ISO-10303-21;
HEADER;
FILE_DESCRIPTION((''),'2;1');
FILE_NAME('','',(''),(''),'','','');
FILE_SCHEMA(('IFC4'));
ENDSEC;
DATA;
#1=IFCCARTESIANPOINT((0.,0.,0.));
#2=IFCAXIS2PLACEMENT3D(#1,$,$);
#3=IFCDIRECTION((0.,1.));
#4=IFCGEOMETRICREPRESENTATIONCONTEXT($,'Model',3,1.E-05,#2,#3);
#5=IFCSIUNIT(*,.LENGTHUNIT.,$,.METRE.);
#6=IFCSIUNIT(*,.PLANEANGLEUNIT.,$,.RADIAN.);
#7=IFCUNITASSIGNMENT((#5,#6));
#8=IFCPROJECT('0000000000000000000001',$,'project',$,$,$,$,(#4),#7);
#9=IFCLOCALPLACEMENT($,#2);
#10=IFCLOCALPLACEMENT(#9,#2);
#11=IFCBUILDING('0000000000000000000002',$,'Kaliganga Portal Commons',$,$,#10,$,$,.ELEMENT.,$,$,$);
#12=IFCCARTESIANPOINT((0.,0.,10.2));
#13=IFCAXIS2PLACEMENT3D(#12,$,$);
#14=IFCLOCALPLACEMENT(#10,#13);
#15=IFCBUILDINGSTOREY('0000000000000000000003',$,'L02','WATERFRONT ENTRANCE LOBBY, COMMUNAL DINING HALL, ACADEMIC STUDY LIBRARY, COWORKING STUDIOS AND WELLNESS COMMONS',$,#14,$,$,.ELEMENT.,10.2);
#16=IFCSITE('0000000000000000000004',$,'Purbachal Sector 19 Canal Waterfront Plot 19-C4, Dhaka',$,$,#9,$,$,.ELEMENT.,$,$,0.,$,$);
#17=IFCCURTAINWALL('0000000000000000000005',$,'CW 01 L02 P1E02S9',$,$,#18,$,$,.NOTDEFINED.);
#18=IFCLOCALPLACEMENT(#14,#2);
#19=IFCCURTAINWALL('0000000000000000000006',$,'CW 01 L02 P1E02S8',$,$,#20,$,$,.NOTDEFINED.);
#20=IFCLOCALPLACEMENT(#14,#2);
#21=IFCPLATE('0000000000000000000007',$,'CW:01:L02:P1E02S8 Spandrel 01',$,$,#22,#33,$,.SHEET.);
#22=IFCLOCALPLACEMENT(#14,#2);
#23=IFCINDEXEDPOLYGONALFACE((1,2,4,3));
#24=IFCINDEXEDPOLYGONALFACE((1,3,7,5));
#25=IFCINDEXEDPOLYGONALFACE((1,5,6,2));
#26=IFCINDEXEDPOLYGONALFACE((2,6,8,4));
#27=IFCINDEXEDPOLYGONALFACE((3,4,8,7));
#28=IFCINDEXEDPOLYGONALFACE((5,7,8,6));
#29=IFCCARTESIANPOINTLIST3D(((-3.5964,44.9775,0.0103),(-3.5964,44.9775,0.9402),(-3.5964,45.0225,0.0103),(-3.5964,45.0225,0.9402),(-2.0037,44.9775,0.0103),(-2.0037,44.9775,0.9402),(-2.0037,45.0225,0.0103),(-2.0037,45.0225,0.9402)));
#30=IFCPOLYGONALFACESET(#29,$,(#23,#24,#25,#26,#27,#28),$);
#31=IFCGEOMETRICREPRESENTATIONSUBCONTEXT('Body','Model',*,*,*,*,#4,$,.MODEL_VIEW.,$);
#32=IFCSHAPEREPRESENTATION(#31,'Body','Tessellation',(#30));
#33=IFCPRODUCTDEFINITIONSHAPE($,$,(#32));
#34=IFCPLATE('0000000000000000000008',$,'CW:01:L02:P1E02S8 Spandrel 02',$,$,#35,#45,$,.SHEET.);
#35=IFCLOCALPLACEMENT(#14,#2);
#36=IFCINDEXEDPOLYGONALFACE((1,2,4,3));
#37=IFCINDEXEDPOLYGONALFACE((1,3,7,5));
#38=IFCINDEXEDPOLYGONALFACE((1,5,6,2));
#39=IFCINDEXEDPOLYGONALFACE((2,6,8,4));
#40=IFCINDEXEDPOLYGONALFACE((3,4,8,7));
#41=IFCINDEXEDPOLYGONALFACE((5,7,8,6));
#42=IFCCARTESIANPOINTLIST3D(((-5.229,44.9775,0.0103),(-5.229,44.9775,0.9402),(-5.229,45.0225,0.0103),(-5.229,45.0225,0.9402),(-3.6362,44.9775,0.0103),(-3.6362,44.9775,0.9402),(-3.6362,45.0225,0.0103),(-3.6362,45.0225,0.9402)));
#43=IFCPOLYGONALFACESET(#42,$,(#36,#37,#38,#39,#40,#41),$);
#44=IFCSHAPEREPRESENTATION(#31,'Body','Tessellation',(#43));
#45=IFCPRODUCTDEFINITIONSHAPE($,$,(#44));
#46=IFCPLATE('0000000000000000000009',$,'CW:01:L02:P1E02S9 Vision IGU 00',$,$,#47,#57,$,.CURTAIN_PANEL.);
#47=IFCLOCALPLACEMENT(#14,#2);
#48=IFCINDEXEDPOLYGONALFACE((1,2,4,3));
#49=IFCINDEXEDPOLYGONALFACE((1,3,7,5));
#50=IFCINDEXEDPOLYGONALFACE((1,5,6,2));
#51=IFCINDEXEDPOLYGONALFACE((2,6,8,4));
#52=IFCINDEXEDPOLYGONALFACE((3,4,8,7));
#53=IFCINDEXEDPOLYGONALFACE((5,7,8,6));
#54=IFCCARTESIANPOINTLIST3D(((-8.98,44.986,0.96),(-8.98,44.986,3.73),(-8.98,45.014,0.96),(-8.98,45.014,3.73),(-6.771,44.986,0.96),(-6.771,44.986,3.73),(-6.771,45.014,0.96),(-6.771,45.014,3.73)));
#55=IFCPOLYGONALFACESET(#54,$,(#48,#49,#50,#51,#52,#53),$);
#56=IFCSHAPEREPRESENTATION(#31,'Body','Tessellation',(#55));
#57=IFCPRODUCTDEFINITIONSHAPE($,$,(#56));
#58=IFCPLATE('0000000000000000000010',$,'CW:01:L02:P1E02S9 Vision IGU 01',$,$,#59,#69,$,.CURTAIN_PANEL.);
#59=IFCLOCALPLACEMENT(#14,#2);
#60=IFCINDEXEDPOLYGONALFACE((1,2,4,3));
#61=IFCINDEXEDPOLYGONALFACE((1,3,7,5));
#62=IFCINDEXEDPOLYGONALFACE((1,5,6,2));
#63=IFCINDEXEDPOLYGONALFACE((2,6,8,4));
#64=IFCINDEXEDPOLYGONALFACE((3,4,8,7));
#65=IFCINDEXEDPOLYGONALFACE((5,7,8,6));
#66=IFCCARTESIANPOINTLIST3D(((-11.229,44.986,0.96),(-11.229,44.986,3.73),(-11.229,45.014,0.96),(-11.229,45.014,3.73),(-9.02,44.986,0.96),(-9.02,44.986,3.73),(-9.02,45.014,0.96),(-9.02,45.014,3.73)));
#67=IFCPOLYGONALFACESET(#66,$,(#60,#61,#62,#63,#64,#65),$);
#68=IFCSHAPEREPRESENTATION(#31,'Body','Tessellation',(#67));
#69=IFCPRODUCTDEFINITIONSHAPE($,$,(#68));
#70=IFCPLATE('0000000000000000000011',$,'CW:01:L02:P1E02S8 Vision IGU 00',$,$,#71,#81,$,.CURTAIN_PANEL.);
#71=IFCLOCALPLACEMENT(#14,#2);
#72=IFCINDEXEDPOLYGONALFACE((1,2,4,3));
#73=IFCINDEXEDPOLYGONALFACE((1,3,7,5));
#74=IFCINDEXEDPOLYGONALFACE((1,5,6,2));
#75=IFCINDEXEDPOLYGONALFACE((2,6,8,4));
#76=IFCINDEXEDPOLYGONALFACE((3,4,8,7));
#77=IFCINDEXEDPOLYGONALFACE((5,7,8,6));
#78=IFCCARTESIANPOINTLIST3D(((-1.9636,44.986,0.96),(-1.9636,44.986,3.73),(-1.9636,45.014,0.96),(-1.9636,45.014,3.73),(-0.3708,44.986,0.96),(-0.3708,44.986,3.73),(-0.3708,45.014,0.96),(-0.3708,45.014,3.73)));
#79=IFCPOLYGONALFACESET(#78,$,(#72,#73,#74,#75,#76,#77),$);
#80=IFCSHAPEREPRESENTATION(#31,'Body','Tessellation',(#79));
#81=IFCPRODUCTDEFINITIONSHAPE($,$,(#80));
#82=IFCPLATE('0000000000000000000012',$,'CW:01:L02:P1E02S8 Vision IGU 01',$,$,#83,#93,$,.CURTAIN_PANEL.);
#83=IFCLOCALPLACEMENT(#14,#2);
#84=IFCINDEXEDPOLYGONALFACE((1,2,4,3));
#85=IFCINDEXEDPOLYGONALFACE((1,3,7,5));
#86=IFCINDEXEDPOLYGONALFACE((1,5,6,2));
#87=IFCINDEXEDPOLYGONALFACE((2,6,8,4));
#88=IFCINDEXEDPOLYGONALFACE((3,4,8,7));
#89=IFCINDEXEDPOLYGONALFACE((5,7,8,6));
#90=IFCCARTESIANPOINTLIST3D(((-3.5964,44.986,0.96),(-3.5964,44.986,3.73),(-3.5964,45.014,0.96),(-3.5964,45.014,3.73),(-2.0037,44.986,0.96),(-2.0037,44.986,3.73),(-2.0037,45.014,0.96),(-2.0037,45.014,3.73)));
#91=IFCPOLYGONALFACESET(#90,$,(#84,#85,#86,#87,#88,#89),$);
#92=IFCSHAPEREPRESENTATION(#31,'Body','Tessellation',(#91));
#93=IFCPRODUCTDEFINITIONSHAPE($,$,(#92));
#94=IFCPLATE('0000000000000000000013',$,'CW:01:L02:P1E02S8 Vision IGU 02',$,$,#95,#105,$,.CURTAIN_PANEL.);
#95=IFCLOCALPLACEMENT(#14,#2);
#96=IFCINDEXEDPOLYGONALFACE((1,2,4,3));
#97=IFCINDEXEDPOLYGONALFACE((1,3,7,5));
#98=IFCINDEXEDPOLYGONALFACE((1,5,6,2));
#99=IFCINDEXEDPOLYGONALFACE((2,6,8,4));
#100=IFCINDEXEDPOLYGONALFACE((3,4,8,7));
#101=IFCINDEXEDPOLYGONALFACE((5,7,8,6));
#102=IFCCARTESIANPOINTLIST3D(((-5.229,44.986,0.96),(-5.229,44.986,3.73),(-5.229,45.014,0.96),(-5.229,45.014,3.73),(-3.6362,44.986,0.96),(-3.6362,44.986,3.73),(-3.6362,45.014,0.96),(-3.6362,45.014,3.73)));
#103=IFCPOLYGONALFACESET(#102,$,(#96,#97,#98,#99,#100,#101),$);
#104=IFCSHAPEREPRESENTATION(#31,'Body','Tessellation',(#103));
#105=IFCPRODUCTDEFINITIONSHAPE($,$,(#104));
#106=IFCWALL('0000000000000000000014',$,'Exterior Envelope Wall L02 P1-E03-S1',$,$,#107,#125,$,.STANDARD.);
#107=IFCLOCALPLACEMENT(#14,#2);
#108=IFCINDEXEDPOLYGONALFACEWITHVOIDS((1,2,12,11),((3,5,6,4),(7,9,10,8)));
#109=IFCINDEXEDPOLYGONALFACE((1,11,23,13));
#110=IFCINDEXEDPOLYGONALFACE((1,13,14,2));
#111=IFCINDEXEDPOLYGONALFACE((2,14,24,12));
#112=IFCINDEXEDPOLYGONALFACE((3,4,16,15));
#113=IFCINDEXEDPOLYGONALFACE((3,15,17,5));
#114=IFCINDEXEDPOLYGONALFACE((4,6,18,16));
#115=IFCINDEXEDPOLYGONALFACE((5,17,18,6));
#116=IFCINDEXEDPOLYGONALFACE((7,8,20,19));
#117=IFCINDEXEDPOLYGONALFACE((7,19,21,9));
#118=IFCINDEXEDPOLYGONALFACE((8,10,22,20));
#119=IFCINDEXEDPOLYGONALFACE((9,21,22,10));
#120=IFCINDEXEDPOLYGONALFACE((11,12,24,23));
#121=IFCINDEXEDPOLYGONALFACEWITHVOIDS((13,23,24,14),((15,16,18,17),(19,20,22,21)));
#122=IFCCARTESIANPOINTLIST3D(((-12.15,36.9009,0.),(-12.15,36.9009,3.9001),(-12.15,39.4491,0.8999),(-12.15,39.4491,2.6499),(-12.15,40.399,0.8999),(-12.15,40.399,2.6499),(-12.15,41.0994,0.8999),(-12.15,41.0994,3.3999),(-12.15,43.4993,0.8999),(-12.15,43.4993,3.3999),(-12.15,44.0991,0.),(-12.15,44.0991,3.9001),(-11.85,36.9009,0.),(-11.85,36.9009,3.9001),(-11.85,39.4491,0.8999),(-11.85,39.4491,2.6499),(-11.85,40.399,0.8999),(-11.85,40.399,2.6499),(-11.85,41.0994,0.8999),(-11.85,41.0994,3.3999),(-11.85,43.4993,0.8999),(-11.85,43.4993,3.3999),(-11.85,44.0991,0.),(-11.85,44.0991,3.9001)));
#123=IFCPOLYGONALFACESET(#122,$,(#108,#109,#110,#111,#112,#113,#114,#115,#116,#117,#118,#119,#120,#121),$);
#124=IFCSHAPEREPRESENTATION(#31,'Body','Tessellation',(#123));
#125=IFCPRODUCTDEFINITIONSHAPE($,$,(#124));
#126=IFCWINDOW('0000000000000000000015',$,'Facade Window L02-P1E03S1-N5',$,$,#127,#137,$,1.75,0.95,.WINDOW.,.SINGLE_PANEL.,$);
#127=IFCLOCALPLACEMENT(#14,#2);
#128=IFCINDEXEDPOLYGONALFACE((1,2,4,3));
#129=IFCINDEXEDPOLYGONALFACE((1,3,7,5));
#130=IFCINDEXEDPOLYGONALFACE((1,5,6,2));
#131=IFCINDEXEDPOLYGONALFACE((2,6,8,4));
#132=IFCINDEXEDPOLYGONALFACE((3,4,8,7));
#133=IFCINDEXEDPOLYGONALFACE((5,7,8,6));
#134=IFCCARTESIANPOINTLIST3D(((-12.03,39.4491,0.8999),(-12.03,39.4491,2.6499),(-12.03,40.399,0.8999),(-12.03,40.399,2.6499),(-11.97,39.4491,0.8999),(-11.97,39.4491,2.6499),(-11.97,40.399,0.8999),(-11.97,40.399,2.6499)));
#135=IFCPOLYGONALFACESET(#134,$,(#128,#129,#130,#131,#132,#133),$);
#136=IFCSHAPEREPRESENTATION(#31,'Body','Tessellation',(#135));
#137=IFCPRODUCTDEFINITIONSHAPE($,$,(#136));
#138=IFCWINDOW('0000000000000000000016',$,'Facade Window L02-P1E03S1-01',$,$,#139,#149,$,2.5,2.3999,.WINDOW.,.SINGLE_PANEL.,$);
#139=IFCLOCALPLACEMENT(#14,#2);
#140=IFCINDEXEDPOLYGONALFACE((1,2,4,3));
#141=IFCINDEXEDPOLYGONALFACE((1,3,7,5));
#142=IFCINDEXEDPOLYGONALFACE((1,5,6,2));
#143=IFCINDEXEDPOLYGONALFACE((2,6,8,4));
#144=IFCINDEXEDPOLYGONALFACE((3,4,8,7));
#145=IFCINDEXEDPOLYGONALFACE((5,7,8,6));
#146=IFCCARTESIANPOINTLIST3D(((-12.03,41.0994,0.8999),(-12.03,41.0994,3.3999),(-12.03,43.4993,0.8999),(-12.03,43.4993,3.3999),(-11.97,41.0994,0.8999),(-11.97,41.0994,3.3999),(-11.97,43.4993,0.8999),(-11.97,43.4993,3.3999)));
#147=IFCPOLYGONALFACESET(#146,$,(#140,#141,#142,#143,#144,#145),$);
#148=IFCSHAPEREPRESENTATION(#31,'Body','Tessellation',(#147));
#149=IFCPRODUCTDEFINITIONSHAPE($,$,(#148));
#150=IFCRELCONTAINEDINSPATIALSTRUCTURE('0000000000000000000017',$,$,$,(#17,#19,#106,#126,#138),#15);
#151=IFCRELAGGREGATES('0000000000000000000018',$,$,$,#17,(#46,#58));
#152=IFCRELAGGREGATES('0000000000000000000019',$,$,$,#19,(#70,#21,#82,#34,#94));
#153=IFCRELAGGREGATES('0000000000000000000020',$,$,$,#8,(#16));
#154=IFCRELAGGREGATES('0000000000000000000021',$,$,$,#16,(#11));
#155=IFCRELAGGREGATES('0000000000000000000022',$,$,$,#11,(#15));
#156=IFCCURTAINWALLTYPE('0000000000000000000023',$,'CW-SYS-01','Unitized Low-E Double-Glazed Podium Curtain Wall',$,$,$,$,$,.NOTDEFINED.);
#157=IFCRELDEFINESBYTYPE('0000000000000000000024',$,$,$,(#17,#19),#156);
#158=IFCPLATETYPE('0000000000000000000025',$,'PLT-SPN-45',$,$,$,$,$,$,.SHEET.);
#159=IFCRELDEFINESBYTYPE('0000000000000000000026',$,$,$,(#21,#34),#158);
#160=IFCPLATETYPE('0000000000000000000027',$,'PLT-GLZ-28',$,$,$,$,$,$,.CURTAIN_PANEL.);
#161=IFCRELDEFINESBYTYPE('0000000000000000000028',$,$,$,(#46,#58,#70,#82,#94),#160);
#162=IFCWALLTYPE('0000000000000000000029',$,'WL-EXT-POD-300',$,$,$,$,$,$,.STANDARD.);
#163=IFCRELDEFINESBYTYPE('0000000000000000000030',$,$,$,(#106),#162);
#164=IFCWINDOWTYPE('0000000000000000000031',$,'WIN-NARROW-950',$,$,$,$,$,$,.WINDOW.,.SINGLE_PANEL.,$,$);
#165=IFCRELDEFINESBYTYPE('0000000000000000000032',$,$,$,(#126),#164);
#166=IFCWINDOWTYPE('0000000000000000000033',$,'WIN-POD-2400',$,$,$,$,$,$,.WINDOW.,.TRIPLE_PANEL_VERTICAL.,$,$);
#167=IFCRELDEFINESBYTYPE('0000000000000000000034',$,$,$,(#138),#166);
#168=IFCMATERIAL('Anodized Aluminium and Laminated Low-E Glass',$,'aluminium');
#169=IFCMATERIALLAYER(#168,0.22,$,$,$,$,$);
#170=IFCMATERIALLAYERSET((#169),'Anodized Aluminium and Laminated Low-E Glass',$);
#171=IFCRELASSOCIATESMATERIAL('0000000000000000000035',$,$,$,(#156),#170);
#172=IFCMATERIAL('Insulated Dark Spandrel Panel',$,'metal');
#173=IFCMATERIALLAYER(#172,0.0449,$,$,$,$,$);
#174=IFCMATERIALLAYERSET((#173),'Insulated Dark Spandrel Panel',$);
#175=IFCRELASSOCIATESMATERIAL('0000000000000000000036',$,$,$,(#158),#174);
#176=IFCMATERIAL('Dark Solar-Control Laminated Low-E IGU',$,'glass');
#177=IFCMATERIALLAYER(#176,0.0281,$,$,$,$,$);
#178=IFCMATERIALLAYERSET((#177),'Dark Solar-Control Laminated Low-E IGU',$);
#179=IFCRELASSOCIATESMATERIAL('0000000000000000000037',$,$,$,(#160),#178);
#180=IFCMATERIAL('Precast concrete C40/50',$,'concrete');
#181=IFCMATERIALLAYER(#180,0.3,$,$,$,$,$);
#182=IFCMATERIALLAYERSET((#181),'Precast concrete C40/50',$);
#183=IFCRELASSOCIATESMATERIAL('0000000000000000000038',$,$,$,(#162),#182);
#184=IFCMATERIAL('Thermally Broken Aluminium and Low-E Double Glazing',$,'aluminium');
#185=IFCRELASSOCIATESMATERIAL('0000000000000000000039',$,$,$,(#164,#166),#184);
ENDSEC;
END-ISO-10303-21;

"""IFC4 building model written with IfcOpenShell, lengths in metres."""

from ifc_helpers import new_model, si_unit, direction, frame, frame_2d, origin, origin_2d, place, context, subcontext, project, spatial, rectangle, extrude, source, transform, mapped, material, layer, layer_set, type_object, element, fill, aggregate, save


model = new_model("IFC4")

# Units and contexts
model_context = context("Model", 3, precision=1e-05, world=origin(), true_north=direction((0.0, 1.0)))
body_context = subcontext(model_context, "Body", "Model", "MODEL_VIEW")
ifc_project = project(units=[si_unit("LENGTHUNIT", "METRE"), si_unit("PLANEANGLEUNIT", "RADIAN")], contexts=[model_context])

# Site, building, storey
site_placement = place(None, origin())
site = spatial("IfcSite", under=ifc_project, at=site_placement, Name="Purbachal Sector 19 Canal Waterfront Plot 19-C4, Dhaka", CompositionType="ELEMENT", RefElevation=0.0)
building_placement = place(site_placement, origin())
building = spatial("IfcBuilding", under=site, at=building_placement, Name="Kaliganga Portal Commons", CompositionType="ELEMENT")
storey_placement = place(building_placement, frame((0.0, 0.0, 10.2)))
storey = spatial("IfcBuildingStorey", under=building, at=storey_placement, Name="L02", Description="WATERFRONT ENTRANCE LOBBY, COMMUNAL DINING HALL, ACADEMIC STUDY LIBRARY, COWORKING STUDIOS AND WELLNESS COMMONS", CompositionType="ELEMENT", Elevation=10.2)

# Curtain walls
ifc_material_1 = material(Name="Anodized Aluminium and Laminated Low-E Glass", Category="aluminium")
ifc_layer_1 = layer(ifc_material_1, 0.22)
ifc_layer_set_1 = layer_set([ifc_layer_1], Name="Anodized Aluminium and Laminated Low-E Glass")
curtain_wall_type = type_object("IfcCurtainWallType", Name="CW-SYS-01", Description="Unitized Low-E Double-Glazed Podium Curtain Wall", PredefinedType="NOTDEFINED", material=ifc_layer_set_1)
curtain_wall_1_placement = place(storey_placement, origin())
curtain_wall_1 = element("IfcCurtainWall", 1, at=curtain_wall_1_placement, inside=storey, type_object=curtain_wall_type, Name="CW 01 L02 P1E02S9", PredefinedType="NOTDEFINED")
curtain_wall_2_placement = place(storey_placement, origin())
curtain_wall_2 = element("IfcCurtainWall", 2, at=curtain_wall_2_placement, inside=storey, type_object=curtain_wall_type, Name="CW 01 L02 P1E02S8", PredefinedType="NOTDEFINED")

# Plates
ifc_material_2 = material(Name="Insulated Dark Spandrel Panel", Category="metal")
ifc_layer_2 = layer(ifc_material_2, 0.0449)
ifc_layer_set_2 = layer_set([ifc_layer_2], Name="Insulated Dark Spandrel Panel")
plate_type_1 = type_object("IfcPlateType", Name="PLT-SPN-45", PredefinedType="SHEET", material=ifc_layer_set_2)
shared_shape_1 = source(origin(), body_context, "Body", "SweptSolid", [
    extrude(rectangle(XDim=1.5928, YDim=0.0449, at=origin_2d()), origin(), (0.0, 0.0, 1.0), 0.9299),
])
plate_1_placement = place(storey_placement, frame((-2.8, 45.0, 0.0103), z_axis=(0.0, 0.0, 1.0), x_axis=(-1.0, 0.0, 0.0)))
plate_1 = element("IfcPlate", 3, at=plate_1_placement, type_object=plate_type_1, Name="CW:01:L02:P1E02S8 Spandrel 01", PredefinedType="SHEET", context=body_context, shape_type="MappedRepresentation", body=[
    mapped(shared_shape_1, transform((0.0, 0.0, 0.0), x_axis=(1.0, 0.0, 0.0), y_axis=(0.0, 1.0, 0.0), z_axis=(0.0, 0.0, 1.0), scale=1.0)),
])
plate_2_placement = place(storey_placement, frame((-4.4326, 45.0, 0.0103), z_axis=(0.0, 0.0, 1.0), x_axis=(-1.0, 0.0, 0.0)))
plate_2 = element("IfcPlate", 4, at=plate_2_placement, type_object=plate_type_1, Name="CW:01:L02:P1E02S8 Spandrel 02", PredefinedType="SHEET", context=body_context, shape_type="MappedRepresentation", body=[
    mapped(shared_shape_1, transform((0.0, 0.0, 0.0), x_axis=(1.0, 0.0, 0.0), y_axis=(0.0, 1.0, 0.0), z_axis=(0.0, 0.0, 1.0), scale=1.0)),
])
ifc_material_3 = material(Name="Dark Solar-Control Laminated Low-E IGU", Category="glass")
ifc_layer_3 = layer(ifc_material_3, 0.0281)
ifc_layer_set_3 = layer_set([ifc_layer_3], Name="Dark Solar-Control Laminated Low-E IGU")
plate_type_2 = type_object("IfcPlateType", Name="PLT-GLZ-28", PredefinedType="CURTAIN_PANEL", material=ifc_layer_set_3)
shared_shape_2 = source(origin(), body_context, "Body", "SweptSolid", [
    extrude(rectangle(XDim=2.209, YDim=0.0281, at=origin_2d()), origin(), (0.0, 0.0, 1.0), 2.77),
])
plate_3_placement = place(storey_placement, frame((-7.8755, 45.0, 0.96), z_axis=(0.0, 0.0, 1.0), x_axis=(-1.0, 0.0, 0.0)))
plate_3 = element("IfcPlate", 5, at=plate_3_placement, type_object=plate_type_2, Name="CW:01:L02:P1E02S9 Vision IGU 00", PredefinedType="CURTAIN_PANEL", context=body_context, shape_type="MappedRepresentation", body=[
    mapped(shared_shape_2, transform((0.0, 0.0, 0.0), x_axis=(1.0, 0.0, 0.0), y_axis=(0.0, 1.0, 0.0), z_axis=(0.0, 0.0, 1.0), scale=1.0)),
])
plate_4_placement = place(storey_placement, frame((-10.1245, 45.0, 0.96), z_axis=(0.0, 0.0, 1.0), x_axis=(-1.0, 0.0, 0.0)))
plate_4 = element("IfcPlate", 6, at=plate_4_placement, type_object=plate_type_2, Name="CW:01:L02:P1E02S9 Vision IGU 01", PredefinedType="CURTAIN_PANEL", context=body_context, shape_type="MappedRepresentation", body=[
    mapped(shared_shape_2, transform((0.0, 0.0, 0.0), x_axis=(1.0, 0.0, 0.0), y_axis=(0.0, 1.0, 0.0), z_axis=(0.0, 0.0, 1.0), scale=1.0)),
])
aggregate(curtain_wall_1, [plate_3, plate_4])
shared_shape_3 = source(origin(), body_context, "Body", "SweptSolid", [
    extrude(rectangle(XDim=1.5928, YDim=0.0281, at=origin_2d()), origin(), (0.0, 0.0, 1.0), 2.77),
])
plate_5_placement = place(storey_placement, frame((-1.1672, 45.0, 0.96), z_axis=(0.0, 0.0, 1.0), x_axis=(-1.0, 0.0, 0.0)))
plate_5 = element("IfcPlate", 7, at=plate_5_placement, type_object=plate_type_2, Name="CW:01:L02:P1E02S8 Vision IGU 00", PredefinedType="CURTAIN_PANEL", context=body_context, shape_type="MappedRepresentation", body=[
    mapped(shared_shape_3, transform((0.0, 0.0, 0.0), x_axis=(1.0, 0.0, 0.0), y_axis=(0.0, 1.0, 0.0), z_axis=(0.0, 0.0, 1.0), scale=1.0)),
])
plate_6_placement = place(storey_placement, frame((-2.8, 45.0, 0.96), z_axis=(0.0, 0.0, 1.0), x_axis=(-1.0, 0.0, 0.0)))
plate_6 = element("IfcPlate", 8, at=plate_6_placement, type_object=plate_type_2, Name="CW:01:L02:P1E02S8 Vision IGU 01", PredefinedType="CURTAIN_PANEL", context=body_context, shape_type="MappedRepresentation", body=[
    mapped(shared_shape_3, transform((0.0, 0.0, 0.0), x_axis=(1.0, 0.0, 0.0), y_axis=(0.0, 1.0, 0.0), z_axis=(0.0, 0.0, 1.0), scale=1.0)),
])
plate_7_placement = place(storey_placement, frame((-4.4326, 45.0, 0.96), z_axis=(0.0, 0.0, 1.0), x_axis=(-1.0, 0.0, 0.0)))
plate_7 = element("IfcPlate", 9, at=plate_7_placement, type_object=plate_type_2, Name="CW:01:L02:P1E02S8 Vision IGU 02", PredefinedType="CURTAIN_PANEL", context=body_context, shape_type="MappedRepresentation", body=[
    mapped(shared_shape_3, transform((0.0, 0.0, 0.0), x_axis=(1.0, 0.0, 0.0), y_axis=(0.0, 1.0, 0.0), z_axis=(0.0, 0.0, 1.0), scale=1.0)),
])
aggregate(curtain_wall_2, [plate_5, plate_1, plate_6, plate_2, plate_7])

# Wall, openings, windows
ifc_material_4 = material(Name="Precast concrete C40/50", Category="concrete")
ifc_layer_4 = layer(ifc_material_4, 0.3)
ifc_layer_set_4 = layer_set([ifc_layer_4], Name="Precast concrete C40/50")
wall_type_1 = type_object("IfcWallType", Name="WL-EXT-POD-300", PredefinedType="STANDARD", material=ifc_layer_set_4)
wall_1_placement = place(storey_placement, frame((-12.0, 36.9009, 0.0), z_axis=(0.0, 0.0, 1.0), x_axis=(0.0, 1.0, 0.0)))
wall_1 = element("IfcWall", 10, at=wall_1_placement, inside=storey, type_object=wall_type_1, Name="Exterior Envelope Wall L02 P1-E03-S1", PredefinedType="STANDARD", context=body_context, shape_type="SweptSolid", body=[
    extrude(rectangle(XDim=7.1982, YDim=0.3, at=frame_2d((3.5991, 0.0))), origin(), (0.0, 0.0, 1.0), 3.9001),
])
opening_1_placement = place(wall_1_placement, frame((4.1985, 0.0, 0.8999)))
opening_1 = element("IfcOpeningElement", 11, at=opening_1_placement, cuts=wall_1, PredefinedType="OPENING", context=body_context, shape_type="SweptSolid", body=[
    extrude(rectangle(XDim=2.3999, YDim=2.5, at=frame_2d((1.2, 1.25))), frame((0.0, 0.1602, 0.0), z_axis=(0.0, -1.0, 0.0), x_axis=(1.0, 0.0, 0.0)), (0.0, 0.0, 1.0), 0.3201),
])
opening_2_placement = place(wall_1_placement, frame((2.5481, 0.0, 0.8999)))
opening_2 = element("IfcOpeningElement", 12, at=opening_2_placement, cuts=wall_1, PredefinedType="OPENING", context=body_context, shape_type="SweptSolid", body=[
    extrude(rectangle(XDim=0.95, YDim=1.75, at=frame_2d((0.4751, 0.875))), frame((0.0, 0.1602, 0.0), z_axis=(0.0, -1.0, 0.0), x_axis=(1.0, 0.0, 0.0)), (0.0, 0.0, 1.0), 0.3201),
])
ifc_material_5 = material(Name="Thermally Broken Aluminium and Low-E Double Glazing", Category="aluminium")
window_type_1 = type_object("IfcWindowType", Name="WIN-NARROW-950", PartitioningType="SINGLE_PANEL", PredefinedType="WINDOW", material=ifc_material_5)
window_1_placement = place(opening_2_placement, origin())
window_1 = element("IfcWindow", 13, at=window_1_placement, inside=storey, type_object=window_type_1, Name="Facade Window L02-P1E03S1-N5", OverallHeight=1.75, OverallWidth=0.95, PartitioningType="SINGLE_PANEL", PredefinedType="WINDOW", context=body_context, shape_type="SweptSolid", body=[
    extrude(rectangle(XDim=0.95, YDim=1.75, at=frame_2d((0.4751, 0.875))), frame((0.0, 0.03, 0.0), z_axis=(0.0, -1.0, 0.0), x_axis=(1.0, 0.0, 0.0)), (0.0, 0.0, 1.0), 0.0601),
])
fill(opening_2, window_1)
window_type_2 = type_object("IfcWindowType", Name="WIN-POD-2400", PartitioningType="TRIPLE_PANEL_VERTICAL", PredefinedType="WINDOW", material=ifc_material_5)
window_2_placement = place(opening_1_placement, origin())
window_2 = element("IfcWindow", 14, at=window_2_placement, inside=storey, type_object=window_type_2, Name="Facade Window L02-P1E03S1-01", OverallHeight=2.5, OverallWidth=2.3999, PartitioningType="SINGLE_PANEL", PredefinedType="WINDOW", context=body_context, shape_type="SweptSolid", body=[
    extrude(rectangle(XDim=2.3999, YDim=2.5, at=frame_2d((1.2, 1.25))), frame((0.0, 0.03, 0.0), z_axis=(0.0, -1.0, 0.0), x_axis=(1.0, 0.0, 0.0)), (0.0, 0.0, 1.0), 0.0601),
])
fill(opening_1, window_2)

save(model, "model.ifc")
